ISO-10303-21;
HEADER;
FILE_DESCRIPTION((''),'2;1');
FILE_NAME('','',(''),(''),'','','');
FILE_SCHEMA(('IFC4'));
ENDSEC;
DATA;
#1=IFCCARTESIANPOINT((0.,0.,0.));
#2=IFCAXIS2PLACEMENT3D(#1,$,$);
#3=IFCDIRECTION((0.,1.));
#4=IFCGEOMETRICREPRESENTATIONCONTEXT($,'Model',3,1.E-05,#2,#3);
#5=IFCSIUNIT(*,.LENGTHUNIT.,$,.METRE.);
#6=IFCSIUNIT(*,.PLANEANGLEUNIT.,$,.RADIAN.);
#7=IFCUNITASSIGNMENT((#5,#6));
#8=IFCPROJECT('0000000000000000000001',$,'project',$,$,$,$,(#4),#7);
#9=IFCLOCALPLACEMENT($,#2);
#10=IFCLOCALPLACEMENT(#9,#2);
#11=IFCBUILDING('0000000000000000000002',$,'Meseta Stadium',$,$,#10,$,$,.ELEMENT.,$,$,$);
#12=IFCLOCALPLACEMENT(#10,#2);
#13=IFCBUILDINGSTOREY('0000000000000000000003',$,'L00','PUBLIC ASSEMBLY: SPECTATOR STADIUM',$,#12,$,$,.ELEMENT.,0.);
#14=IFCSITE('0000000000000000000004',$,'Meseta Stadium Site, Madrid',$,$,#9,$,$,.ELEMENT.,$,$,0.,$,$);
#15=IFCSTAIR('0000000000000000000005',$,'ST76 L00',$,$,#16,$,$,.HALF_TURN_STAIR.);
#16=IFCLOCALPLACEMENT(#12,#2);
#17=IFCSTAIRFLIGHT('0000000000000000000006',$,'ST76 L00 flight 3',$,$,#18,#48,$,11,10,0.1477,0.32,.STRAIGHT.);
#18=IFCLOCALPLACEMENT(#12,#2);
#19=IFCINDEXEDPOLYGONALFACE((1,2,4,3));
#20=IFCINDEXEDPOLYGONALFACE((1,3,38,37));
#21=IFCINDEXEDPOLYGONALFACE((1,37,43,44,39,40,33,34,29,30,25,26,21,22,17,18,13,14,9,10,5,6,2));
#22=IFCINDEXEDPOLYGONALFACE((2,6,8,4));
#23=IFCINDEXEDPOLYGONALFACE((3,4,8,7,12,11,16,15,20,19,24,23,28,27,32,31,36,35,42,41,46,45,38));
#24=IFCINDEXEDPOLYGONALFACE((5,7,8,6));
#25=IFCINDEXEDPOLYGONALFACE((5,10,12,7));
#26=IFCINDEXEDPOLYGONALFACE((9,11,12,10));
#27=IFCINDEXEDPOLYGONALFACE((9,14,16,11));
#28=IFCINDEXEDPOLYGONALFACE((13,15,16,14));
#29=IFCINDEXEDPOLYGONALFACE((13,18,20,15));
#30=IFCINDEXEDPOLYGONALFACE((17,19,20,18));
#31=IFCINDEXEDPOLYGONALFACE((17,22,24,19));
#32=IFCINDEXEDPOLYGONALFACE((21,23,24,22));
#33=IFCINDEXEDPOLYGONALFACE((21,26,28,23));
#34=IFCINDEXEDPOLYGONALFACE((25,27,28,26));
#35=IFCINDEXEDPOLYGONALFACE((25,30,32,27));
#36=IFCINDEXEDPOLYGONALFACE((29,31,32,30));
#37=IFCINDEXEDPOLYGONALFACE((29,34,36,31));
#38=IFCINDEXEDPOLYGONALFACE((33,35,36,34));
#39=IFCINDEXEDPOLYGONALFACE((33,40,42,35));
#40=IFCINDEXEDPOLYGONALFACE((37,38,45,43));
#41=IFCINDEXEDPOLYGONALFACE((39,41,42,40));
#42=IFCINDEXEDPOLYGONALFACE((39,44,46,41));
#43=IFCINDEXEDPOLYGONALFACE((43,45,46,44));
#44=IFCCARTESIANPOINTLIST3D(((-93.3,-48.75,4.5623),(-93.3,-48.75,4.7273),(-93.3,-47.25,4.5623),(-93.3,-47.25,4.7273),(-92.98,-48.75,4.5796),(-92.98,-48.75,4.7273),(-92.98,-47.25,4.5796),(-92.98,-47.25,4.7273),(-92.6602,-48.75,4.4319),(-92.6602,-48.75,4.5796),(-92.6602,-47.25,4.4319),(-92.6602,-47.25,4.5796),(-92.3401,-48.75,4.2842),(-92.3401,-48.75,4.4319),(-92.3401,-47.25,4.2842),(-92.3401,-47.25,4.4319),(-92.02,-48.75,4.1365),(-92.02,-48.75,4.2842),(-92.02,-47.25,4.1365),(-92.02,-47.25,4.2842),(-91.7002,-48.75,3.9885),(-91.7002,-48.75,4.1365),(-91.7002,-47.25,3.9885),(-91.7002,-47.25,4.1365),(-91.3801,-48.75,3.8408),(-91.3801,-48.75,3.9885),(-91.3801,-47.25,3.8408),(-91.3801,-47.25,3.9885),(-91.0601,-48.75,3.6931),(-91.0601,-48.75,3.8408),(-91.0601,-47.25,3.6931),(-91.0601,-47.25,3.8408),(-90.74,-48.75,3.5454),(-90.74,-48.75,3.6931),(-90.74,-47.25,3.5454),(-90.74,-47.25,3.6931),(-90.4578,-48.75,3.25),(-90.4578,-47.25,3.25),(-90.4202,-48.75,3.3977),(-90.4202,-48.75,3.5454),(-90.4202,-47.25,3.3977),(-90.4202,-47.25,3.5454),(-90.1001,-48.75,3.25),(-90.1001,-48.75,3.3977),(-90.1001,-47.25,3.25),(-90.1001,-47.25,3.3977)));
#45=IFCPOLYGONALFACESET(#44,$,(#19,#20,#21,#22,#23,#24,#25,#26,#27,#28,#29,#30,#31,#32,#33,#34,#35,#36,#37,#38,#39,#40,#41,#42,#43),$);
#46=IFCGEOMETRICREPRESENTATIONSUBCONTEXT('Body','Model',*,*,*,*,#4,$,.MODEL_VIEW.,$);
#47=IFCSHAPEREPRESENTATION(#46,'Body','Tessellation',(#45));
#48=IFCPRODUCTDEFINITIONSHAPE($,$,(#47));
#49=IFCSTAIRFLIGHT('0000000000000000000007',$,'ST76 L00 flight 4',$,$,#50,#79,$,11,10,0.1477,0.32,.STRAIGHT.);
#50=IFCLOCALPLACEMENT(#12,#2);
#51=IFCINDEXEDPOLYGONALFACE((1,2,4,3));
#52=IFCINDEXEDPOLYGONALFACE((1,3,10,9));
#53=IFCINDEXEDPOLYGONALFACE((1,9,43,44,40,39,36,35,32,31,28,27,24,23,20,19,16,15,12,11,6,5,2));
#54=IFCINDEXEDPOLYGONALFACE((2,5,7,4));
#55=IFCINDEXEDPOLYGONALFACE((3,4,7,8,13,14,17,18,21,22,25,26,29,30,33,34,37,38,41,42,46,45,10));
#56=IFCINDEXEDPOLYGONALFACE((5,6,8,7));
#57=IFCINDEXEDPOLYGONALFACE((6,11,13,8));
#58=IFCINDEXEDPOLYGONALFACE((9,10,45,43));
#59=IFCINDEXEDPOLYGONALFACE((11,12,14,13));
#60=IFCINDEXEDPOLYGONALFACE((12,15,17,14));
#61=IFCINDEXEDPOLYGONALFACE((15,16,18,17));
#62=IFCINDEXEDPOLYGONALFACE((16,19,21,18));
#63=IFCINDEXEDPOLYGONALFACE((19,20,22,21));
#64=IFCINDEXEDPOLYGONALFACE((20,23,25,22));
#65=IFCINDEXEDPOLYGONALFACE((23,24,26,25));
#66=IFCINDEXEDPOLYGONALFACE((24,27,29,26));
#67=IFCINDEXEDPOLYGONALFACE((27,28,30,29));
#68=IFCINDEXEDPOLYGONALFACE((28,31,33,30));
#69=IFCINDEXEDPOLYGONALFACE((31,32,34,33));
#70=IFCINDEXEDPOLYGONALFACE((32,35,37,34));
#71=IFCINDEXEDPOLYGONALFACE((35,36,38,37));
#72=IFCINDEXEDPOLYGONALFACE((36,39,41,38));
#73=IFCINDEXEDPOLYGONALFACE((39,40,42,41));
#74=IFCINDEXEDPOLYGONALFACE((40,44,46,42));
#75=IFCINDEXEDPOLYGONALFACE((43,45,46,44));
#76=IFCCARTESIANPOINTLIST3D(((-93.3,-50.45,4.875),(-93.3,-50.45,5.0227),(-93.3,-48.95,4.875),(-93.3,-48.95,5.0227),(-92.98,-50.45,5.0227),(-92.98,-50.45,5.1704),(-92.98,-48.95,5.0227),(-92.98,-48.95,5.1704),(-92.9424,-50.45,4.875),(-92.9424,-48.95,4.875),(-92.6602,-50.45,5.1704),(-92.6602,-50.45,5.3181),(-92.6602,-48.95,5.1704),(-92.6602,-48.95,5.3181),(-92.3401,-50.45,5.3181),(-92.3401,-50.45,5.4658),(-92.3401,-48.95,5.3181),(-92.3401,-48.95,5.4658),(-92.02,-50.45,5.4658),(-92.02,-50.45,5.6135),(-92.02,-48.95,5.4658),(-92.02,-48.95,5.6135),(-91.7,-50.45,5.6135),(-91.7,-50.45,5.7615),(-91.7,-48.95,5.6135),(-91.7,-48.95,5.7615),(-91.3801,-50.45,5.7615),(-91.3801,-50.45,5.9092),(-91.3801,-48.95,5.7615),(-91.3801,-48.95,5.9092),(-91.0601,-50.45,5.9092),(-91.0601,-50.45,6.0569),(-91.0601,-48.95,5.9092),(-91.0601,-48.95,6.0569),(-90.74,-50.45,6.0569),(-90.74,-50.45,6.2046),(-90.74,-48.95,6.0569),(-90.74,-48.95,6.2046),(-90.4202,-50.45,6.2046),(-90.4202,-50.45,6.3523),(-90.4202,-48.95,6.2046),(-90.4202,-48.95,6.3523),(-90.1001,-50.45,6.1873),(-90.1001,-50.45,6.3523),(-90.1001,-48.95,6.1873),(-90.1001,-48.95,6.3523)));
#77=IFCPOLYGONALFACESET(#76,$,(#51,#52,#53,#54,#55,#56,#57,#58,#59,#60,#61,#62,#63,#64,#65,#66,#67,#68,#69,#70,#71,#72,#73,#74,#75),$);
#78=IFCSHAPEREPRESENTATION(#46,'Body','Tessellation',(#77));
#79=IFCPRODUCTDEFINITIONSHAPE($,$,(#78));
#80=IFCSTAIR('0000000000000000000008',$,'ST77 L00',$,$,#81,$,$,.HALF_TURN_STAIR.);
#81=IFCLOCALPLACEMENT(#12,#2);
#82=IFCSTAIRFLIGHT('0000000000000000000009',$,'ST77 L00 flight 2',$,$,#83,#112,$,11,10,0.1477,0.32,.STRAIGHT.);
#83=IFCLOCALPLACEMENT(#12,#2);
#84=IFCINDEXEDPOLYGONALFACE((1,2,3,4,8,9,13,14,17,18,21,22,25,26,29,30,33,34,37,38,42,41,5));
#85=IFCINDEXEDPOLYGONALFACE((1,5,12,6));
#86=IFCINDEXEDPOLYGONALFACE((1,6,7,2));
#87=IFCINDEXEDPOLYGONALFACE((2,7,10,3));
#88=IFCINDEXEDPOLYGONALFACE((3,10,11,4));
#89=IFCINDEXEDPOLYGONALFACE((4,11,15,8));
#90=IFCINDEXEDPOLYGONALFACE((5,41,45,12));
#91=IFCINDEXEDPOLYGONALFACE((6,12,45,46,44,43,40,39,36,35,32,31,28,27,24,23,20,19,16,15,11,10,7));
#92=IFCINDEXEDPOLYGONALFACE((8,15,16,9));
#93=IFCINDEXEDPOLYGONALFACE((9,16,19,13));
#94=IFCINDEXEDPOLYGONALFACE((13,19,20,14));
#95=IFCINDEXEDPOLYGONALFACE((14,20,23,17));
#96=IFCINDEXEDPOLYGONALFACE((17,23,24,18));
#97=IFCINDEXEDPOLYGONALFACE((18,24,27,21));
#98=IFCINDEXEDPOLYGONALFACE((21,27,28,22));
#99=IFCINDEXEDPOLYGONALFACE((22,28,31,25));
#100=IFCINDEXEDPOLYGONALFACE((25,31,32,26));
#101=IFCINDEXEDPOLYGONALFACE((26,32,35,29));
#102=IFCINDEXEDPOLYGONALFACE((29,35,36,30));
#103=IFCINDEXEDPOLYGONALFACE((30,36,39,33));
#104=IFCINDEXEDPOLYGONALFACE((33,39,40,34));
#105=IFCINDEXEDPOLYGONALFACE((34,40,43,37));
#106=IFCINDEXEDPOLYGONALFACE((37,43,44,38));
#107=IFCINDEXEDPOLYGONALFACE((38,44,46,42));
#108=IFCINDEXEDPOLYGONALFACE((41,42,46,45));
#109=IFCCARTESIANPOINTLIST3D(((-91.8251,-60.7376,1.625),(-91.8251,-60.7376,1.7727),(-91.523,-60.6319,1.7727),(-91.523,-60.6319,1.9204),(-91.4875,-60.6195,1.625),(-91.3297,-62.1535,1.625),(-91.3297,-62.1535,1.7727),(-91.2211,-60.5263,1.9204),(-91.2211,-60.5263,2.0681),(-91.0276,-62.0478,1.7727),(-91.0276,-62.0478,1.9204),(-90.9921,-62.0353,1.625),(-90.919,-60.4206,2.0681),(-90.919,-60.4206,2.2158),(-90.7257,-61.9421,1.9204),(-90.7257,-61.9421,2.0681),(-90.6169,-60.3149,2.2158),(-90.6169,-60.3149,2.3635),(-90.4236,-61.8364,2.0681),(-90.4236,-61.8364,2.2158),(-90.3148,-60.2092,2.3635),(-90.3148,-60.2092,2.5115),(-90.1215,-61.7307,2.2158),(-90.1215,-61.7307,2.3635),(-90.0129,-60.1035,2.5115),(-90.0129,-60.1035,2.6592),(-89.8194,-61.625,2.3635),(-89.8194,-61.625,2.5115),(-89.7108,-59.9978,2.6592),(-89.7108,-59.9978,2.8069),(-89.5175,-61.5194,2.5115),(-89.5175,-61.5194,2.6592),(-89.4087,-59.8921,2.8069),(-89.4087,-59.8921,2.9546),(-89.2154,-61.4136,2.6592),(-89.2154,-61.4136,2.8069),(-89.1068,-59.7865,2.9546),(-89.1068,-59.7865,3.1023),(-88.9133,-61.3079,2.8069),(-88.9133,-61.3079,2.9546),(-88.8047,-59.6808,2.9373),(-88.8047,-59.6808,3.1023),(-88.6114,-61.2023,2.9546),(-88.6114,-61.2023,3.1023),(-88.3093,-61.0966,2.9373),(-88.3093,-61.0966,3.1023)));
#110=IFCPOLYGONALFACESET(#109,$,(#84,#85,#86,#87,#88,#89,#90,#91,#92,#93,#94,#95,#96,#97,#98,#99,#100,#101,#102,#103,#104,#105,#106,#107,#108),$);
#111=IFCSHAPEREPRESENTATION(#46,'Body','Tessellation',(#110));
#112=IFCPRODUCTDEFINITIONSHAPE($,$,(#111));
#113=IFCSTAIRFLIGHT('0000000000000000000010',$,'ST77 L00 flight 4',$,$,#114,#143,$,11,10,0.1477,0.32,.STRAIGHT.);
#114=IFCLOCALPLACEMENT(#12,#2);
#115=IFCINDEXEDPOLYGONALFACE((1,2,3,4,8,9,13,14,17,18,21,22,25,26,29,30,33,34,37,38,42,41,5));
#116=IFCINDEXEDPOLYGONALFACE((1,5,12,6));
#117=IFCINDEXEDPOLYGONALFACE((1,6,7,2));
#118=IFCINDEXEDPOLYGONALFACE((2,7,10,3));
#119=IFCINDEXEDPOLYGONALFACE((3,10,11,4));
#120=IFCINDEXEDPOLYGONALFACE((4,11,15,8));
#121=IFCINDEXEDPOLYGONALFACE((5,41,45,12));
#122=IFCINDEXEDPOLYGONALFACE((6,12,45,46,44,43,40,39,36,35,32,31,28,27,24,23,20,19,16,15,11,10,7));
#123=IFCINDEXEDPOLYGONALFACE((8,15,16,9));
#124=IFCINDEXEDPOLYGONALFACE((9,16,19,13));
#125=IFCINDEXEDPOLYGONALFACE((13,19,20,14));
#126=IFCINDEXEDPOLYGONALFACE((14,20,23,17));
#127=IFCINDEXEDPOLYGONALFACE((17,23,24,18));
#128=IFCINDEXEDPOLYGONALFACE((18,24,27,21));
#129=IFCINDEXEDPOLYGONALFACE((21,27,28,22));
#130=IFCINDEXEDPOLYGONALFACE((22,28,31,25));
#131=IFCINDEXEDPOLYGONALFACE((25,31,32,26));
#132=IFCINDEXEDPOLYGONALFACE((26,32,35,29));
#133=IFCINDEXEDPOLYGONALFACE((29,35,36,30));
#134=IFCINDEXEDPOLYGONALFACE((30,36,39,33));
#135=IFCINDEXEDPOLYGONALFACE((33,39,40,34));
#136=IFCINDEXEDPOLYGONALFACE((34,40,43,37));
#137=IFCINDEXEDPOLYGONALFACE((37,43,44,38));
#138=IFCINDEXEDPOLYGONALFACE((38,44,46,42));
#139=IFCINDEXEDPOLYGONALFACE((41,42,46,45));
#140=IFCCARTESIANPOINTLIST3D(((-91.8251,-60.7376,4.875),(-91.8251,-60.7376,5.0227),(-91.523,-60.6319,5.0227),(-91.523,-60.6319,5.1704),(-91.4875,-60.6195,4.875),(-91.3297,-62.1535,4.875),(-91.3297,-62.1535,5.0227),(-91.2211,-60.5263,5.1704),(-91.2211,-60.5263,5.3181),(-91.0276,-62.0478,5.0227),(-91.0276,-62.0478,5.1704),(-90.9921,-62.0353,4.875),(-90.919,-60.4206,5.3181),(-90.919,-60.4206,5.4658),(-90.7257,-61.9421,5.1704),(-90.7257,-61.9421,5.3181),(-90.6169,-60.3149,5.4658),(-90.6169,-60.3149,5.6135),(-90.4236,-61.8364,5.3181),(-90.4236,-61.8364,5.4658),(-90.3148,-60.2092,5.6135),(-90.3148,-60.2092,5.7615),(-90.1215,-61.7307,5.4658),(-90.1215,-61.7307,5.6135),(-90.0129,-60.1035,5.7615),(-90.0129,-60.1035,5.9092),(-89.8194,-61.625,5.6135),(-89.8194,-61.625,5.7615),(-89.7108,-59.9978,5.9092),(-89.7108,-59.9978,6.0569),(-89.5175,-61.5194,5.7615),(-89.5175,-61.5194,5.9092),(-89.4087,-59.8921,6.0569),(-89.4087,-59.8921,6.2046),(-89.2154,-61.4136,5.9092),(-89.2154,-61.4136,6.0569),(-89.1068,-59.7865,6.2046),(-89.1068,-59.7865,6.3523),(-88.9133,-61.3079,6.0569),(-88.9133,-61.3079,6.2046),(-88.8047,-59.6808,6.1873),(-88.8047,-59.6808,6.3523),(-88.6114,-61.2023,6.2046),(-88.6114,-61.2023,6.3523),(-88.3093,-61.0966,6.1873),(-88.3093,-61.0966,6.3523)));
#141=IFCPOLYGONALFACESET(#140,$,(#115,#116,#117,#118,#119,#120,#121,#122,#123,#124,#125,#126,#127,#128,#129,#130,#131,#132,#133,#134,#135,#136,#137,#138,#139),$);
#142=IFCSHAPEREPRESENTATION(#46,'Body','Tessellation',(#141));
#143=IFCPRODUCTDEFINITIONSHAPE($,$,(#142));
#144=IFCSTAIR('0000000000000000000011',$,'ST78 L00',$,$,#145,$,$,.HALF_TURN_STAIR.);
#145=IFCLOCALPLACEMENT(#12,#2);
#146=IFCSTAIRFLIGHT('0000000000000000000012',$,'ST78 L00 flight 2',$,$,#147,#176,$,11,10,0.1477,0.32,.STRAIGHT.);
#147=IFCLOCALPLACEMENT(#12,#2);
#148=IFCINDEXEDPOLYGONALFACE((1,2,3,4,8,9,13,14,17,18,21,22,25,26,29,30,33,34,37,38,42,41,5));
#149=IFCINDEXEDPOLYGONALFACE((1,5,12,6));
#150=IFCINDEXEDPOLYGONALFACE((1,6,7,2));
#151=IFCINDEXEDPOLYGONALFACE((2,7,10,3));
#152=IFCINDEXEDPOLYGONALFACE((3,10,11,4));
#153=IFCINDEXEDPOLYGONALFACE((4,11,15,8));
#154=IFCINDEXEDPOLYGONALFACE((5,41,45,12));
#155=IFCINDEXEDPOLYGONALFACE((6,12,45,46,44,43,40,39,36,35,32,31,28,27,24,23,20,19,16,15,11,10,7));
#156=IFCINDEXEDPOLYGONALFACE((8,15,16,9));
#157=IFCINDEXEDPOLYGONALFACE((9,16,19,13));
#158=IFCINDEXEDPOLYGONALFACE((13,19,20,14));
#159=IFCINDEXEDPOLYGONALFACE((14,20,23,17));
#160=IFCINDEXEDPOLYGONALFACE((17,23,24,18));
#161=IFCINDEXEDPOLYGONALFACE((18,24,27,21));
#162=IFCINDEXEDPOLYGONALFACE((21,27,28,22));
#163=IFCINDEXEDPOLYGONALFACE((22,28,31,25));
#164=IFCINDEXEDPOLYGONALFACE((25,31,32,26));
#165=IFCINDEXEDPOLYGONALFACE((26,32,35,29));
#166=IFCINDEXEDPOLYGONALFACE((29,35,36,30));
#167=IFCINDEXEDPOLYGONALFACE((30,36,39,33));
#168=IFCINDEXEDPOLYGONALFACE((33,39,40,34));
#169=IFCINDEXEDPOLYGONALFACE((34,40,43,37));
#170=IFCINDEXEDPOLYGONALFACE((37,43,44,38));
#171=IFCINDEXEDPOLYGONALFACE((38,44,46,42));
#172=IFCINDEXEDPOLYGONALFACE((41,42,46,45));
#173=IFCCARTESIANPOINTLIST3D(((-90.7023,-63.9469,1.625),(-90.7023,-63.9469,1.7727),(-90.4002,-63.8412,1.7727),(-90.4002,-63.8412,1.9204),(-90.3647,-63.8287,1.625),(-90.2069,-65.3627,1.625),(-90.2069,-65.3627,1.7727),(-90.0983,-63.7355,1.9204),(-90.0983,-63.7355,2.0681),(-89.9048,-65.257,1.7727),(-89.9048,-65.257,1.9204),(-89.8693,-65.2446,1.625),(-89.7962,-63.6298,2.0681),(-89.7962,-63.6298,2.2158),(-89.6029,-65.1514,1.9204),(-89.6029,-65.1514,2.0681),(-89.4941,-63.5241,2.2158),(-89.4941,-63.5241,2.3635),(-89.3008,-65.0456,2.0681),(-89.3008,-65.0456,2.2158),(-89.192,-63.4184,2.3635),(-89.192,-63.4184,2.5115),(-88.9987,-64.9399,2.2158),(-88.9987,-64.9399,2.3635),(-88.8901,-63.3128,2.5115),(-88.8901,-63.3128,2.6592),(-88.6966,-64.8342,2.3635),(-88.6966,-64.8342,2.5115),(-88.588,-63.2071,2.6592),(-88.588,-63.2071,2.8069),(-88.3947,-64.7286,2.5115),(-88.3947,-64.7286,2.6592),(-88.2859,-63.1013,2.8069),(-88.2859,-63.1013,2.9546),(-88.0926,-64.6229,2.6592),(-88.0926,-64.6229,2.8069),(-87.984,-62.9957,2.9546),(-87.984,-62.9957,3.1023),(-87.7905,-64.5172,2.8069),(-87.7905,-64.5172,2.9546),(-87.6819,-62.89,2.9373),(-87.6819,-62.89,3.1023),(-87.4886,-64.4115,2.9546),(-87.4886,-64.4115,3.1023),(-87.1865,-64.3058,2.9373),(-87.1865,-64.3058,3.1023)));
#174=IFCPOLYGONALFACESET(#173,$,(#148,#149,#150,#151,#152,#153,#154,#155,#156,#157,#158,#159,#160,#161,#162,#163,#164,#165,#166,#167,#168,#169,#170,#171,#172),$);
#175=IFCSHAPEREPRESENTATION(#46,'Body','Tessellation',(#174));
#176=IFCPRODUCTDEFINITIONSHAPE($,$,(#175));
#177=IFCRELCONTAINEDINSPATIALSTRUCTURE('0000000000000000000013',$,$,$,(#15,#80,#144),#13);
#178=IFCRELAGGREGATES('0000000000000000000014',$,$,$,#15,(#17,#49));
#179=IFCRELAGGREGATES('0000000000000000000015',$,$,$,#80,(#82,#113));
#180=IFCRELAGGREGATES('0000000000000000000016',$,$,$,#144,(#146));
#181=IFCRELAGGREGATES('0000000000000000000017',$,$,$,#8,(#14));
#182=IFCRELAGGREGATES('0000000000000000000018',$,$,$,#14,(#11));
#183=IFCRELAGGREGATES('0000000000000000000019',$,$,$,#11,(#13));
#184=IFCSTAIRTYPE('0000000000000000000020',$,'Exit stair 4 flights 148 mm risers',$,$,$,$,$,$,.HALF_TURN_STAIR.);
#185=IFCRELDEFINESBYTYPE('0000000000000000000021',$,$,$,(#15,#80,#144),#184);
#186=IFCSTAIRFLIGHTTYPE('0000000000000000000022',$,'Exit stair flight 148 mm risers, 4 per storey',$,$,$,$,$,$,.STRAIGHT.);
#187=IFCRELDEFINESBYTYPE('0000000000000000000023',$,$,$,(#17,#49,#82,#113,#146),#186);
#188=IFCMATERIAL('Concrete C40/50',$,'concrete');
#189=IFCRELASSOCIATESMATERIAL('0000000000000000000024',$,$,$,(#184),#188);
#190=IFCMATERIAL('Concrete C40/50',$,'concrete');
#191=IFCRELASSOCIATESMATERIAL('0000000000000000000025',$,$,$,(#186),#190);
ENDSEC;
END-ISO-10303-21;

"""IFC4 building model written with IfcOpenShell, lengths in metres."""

from ifc_helpers import new_model, si_unit, direction, frame, origin, place, context, subcontext, project, spatial, polyline, outline, extrude, material, type_object, element, aggregate, save


model = new_model("IFC4")

# Units and contexts
model_context = context("Model", 3, precision=1e-05, world=origin(), true_north=direction((0.0, 1.0)))
body_context = subcontext(model_context, "Body", "Model", "MODEL_VIEW")
ifc_project = project(units=[si_unit("LENGTHUNIT", "METRE"), si_unit("PLANEANGLEUNIT", "RADIAN")], contexts=[model_context])

# Site, building, storey
site_placement = place(None, origin())
site = spatial("IfcSite", under=ifc_project, at=site_placement, Name="Meseta Stadium Site, Madrid", CompositionType="ELEMENT", RefElevation=0.0)
building_placement = place(site_placement, origin())
building = spatial("IfcBuilding", under=site, at=building_placement, Name="Meseta Stadium", CompositionType="ELEMENT")
storey_placement = place(building_placement, origin())
storey = spatial("IfcBuildingStorey", under=building, at=storey_placement, Name="L00", Description="PUBLIC ASSEMBLY: SPECTATOR STADIUM", CompositionType="ELEMENT", Elevation=0.0)

# Stairs, stair flights
ifc_material_1 = material(Name="Concrete C40/50", Category="concrete")
stair_type = type_object("IfcStairType", Name="Exit stair 4 flights 148 mm risers", PredefinedType="HALF_TURN_STAIR", material=ifc_material_1)
stair_1_placement = place(storey_placement, origin())
stair_1 = element("IfcStair", 1, at=stair_1_placement, inside=storey, type_object=stair_type, Name="ST76 L00", PredefinedType="HALF_TURN_STAIR")
ifc_material_2 = material(Name="Concrete C40/50", Category="concrete")
stair_flight_type = type_object("IfcStairFlightType", Name="Exit stair flight 148 mm risers, 4 per storey", PredefinedType="STRAIGHT", material=ifc_material_2)
stair_flight_1_placement = place(storey_placement, frame((-90.1001, -48.0, 3.25), z_axis=(0.0, 0.0, 1.0), x_axis=(-1.0, 0.0, 0.0)))
stair_flight_1 = element("IfcStairFlight", 2, at=stair_flight_1_placement, type_object=stair_flight_type, Name="ST76 L00 flight 3", NumberOfRisers=11, NumberOfTreads=10, PredefinedType="STRAIGHT", RiserHeight=0.1477, TreadLength=0.32, context=body_context, shape_type="SweptSolid", body=[
    extrude(outline(polyline([(0.0, 0.0), (0.0, 0.1477), (0.3201, 0.1477), (0.3201, 0.2954), (0.6399, 0.2954), (0.6399, 0.4431), (0.96, 0.4431), (0.96, 0.5908), (1.28, 0.5908), (1.28, 0.7385), (1.6001, 0.7385), (1.6001, 0.8865), (1.9199, 0.8865), (1.9199, 1.0342), (2.24, 1.0342), (2.24, 1.1819), (2.5601, 1.1819), (2.5601, 1.3296), (2.8799, 1.3296), (2.8799, 1.4773), (3.2, 1.4773), (3.2, 1.3123), (0.3577, 0.0), (0.0, 0.0)])), frame((0.0, 0.75, 0.0), z_axis=(0.0, -1.0, 0.0), x_axis=(1.0, 0.0, 0.0)), (0.0, 0.0, 1.0), 1.5),
])
stair_flight_2_placement = place(storey_placement, frame((-93.3, -49.7, 4.875), z_axis=(0.0, 0.0, 1.0), x_axis=(1.0, 0.0, 0.0)))
stair_flight_2 = element("IfcStairFlight", 3, at=stair_flight_2_placement, type_object=stair_flight_type, Name="ST76 L00 flight 4", NumberOfRisers=11, NumberOfTreads=10, PredefinedType="STRAIGHT", RiserHeight=0.1477, TreadLength=0.32, context=body_context, shape_type="SweptSolid", body=[
    extrude(outline(polyline([(0.0, 0.0), (0.0, 0.1477), (0.3201, 0.1477), (0.3201, 0.2954), (0.6399, 0.2954), (0.6399, 0.4431), (0.96, 0.4431), (0.96, 0.5908), (1.28, 0.5908), (1.28, 0.7385), (1.6001, 0.7385), (1.6001, 0.8865), (1.9199, 0.8865), (1.9199, 1.0342), (2.24, 1.0342), (2.24, 1.1819), (2.5601, 1.1819), (2.5601, 1.3296), (2.8799, 1.3296), (2.8799, 1.4773), (3.2, 1.4773), (3.2, 1.3123), (0.3577, 0.0), (0.0, 0.0)])), frame((0.0, 0.75, 0.0), z_axis=(0.0, -1.0, 0.0), x_axis=(1.0, 0.0, 0.0)), (0.0, 0.0, 1.0), 1.5),
])
aggregate(stair_1, [stair_flight_1, stair_flight_2])
stair_2_placement = place(storey_placement, origin())
stair_2 = element("IfcStair", 4, at=stair_2_placement, inside=storey, type_object=stair_type, Name="ST77 L00", PredefinedType="HALF_TURN_STAIR")
stair_flight_3_placement = place(storey_placement, frame((-91.5774, -61.4456, 1.625), z_axis=(0.0, 0.0, 1.0), x_axis=(0.943883, 0.330279, 0.0)))
stair_flight_3 = element("IfcStairFlight", 5, at=stair_flight_3_placement, type_object=stair_flight_type, Name="ST77 L00 flight 2", NumberOfRisers=11, NumberOfTreads=10, PredefinedType="STRAIGHT", RiserHeight=0.1477, TreadLength=0.32, context=body_context, shape_type="SweptSolid", body=[
    extrude(outline(polyline([(0.0, 0.0), (0.0, 0.1477), (0.3201, 0.1477), (0.3201, 0.2954), (0.6399, 0.2954), (0.6399, 0.4431), (0.96, 0.4431), (0.96, 0.5908), (1.28, 0.5908), (1.28, 0.7385), (1.6001, 0.7385), (1.6001, 0.8865), (1.9199, 0.8865), (1.9199, 1.0342), (2.24, 1.0342), (2.24, 1.1819), (2.5601, 1.1819), (2.5601, 1.3296), (2.8799, 1.3296), (2.8799, 1.4773), (3.2, 1.4773), (3.2, 1.3123), (0.3577, 0.0), (0.0, 0.0)])), frame((0.0, 0.75, 0.0), z_axis=(0.0, -1.0, 0.0), x_axis=(1.0, 0.0, 0.0)), (0.0, 0.0, 1.0), 1.5),
])
stair_flight_4_placement = place(storey_placement, frame((-91.5774, -61.4456, 4.875), z_axis=(0.0, 0.0, 1.0), x_axis=(0.943883, 0.330279, 0.0)))
stair_flight_4 = element("IfcStairFlight", 6, at=stair_flight_4_placement, type_object=stair_flight_type, Name="ST77 L00 flight 4", NumberOfRisers=11, NumberOfTreads=10, PredefinedType="STRAIGHT", RiserHeight=0.1477, TreadLength=0.32, context=body_context, shape_type="SweptSolid", body=[
    extrude(outline(polyline([(0.0, 0.0), (0.0, 0.1477), (0.3201, 0.1477), (0.3201, 0.2954), (0.6399, 0.2954), (0.6399, 0.4431), (0.96, 0.4431), (0.96, 0.5908), (1.28, 0.5908), (1.28, 0.7385), (1.6001, 0.7385), (1.6001, 0.8865), (1.9199, 0.8865), (1.9199, 1.0342), (2.24, 1.0342), (2.24, 1.1819), (2.5601, 1.1819), (2.5601, 1.3296), (2.8799, 1.3296), (2.8799, 1.4773), (3.2, 1.4773), (3.2, 1.3123), (0.3577, 0.0), (0.0, 0.0)])), frame((0.0, 0.75, 0.0), z_axis=(0.0, -1.0, 0.0), x_axis=(1.0, 0.0, 0.0)), (0.0, 0.0, 1.0), 1.5),
])
aggregate(stair_2, [stair_flight_3, stair_flight_4])
stair_3_placement = place(storey_placement, origin())
stair_3 = element("IfcStair", 7, at=stair_3_placement, inside=storey, type_object=stair_type, Name="ST78 L00", PredefinedType="HALF_TURN_STAIR")
stair_flight_5_placement = place(storey_placement, frame((-90.4546, -64.6548, 1.625), z_axis=(0.0, 0.0, 1.0), x_axis=(0.943883, 0.330279, 0.0)))
stair_flight_5 = element("IfcStairFlight", 8, at=stair_flight_5_placement, type_object=stair_flight_type, Name="ST78 L00 flight 2", NumberOfRisers=11, NumberOfTreads=10, PredefinedType="STRAIGHT", RiserHeight=0.1477, TreadLength=0.32, context=body_context, shape_type="SweptSolid", body=[
    extrude(outline(polyline([(0.0, 0.0), (0.0, 0.1477), (0.3201, 0.1477), (0.3201, 0.2954), (0.6399, 0.2954), (0.6399, 0.4431), (0.96, 0.4431), (0.96, 0.5908), (1.28, 0.5908), (1.28, 0.7385), (1.6001, 0.7385), (1.6001, 0.8865), (1.9199, 0.8865), (1.9199, 1.0342), (2.24, 1.0342), (2.24, 1.1819), (2.5601, 1.1819), (2.5601, 1.3296), (2.8799, 1.3296), (2.8799, 1.4773), (3.2, 1.4773), (3.2, 1.3123), (0.3577, 0.0), (0.0, 0.0)])), frame((0.0, 0.75, 0.0), z_axis=(0.0, -1.0, 0.0), x_axis=(1.0, 0.0, 0.0)), (0.0, 0.0, 1.0), 1.5),
])
aggregate(stair_3, [stair_flight_5])

save(model, "model.ifc")
